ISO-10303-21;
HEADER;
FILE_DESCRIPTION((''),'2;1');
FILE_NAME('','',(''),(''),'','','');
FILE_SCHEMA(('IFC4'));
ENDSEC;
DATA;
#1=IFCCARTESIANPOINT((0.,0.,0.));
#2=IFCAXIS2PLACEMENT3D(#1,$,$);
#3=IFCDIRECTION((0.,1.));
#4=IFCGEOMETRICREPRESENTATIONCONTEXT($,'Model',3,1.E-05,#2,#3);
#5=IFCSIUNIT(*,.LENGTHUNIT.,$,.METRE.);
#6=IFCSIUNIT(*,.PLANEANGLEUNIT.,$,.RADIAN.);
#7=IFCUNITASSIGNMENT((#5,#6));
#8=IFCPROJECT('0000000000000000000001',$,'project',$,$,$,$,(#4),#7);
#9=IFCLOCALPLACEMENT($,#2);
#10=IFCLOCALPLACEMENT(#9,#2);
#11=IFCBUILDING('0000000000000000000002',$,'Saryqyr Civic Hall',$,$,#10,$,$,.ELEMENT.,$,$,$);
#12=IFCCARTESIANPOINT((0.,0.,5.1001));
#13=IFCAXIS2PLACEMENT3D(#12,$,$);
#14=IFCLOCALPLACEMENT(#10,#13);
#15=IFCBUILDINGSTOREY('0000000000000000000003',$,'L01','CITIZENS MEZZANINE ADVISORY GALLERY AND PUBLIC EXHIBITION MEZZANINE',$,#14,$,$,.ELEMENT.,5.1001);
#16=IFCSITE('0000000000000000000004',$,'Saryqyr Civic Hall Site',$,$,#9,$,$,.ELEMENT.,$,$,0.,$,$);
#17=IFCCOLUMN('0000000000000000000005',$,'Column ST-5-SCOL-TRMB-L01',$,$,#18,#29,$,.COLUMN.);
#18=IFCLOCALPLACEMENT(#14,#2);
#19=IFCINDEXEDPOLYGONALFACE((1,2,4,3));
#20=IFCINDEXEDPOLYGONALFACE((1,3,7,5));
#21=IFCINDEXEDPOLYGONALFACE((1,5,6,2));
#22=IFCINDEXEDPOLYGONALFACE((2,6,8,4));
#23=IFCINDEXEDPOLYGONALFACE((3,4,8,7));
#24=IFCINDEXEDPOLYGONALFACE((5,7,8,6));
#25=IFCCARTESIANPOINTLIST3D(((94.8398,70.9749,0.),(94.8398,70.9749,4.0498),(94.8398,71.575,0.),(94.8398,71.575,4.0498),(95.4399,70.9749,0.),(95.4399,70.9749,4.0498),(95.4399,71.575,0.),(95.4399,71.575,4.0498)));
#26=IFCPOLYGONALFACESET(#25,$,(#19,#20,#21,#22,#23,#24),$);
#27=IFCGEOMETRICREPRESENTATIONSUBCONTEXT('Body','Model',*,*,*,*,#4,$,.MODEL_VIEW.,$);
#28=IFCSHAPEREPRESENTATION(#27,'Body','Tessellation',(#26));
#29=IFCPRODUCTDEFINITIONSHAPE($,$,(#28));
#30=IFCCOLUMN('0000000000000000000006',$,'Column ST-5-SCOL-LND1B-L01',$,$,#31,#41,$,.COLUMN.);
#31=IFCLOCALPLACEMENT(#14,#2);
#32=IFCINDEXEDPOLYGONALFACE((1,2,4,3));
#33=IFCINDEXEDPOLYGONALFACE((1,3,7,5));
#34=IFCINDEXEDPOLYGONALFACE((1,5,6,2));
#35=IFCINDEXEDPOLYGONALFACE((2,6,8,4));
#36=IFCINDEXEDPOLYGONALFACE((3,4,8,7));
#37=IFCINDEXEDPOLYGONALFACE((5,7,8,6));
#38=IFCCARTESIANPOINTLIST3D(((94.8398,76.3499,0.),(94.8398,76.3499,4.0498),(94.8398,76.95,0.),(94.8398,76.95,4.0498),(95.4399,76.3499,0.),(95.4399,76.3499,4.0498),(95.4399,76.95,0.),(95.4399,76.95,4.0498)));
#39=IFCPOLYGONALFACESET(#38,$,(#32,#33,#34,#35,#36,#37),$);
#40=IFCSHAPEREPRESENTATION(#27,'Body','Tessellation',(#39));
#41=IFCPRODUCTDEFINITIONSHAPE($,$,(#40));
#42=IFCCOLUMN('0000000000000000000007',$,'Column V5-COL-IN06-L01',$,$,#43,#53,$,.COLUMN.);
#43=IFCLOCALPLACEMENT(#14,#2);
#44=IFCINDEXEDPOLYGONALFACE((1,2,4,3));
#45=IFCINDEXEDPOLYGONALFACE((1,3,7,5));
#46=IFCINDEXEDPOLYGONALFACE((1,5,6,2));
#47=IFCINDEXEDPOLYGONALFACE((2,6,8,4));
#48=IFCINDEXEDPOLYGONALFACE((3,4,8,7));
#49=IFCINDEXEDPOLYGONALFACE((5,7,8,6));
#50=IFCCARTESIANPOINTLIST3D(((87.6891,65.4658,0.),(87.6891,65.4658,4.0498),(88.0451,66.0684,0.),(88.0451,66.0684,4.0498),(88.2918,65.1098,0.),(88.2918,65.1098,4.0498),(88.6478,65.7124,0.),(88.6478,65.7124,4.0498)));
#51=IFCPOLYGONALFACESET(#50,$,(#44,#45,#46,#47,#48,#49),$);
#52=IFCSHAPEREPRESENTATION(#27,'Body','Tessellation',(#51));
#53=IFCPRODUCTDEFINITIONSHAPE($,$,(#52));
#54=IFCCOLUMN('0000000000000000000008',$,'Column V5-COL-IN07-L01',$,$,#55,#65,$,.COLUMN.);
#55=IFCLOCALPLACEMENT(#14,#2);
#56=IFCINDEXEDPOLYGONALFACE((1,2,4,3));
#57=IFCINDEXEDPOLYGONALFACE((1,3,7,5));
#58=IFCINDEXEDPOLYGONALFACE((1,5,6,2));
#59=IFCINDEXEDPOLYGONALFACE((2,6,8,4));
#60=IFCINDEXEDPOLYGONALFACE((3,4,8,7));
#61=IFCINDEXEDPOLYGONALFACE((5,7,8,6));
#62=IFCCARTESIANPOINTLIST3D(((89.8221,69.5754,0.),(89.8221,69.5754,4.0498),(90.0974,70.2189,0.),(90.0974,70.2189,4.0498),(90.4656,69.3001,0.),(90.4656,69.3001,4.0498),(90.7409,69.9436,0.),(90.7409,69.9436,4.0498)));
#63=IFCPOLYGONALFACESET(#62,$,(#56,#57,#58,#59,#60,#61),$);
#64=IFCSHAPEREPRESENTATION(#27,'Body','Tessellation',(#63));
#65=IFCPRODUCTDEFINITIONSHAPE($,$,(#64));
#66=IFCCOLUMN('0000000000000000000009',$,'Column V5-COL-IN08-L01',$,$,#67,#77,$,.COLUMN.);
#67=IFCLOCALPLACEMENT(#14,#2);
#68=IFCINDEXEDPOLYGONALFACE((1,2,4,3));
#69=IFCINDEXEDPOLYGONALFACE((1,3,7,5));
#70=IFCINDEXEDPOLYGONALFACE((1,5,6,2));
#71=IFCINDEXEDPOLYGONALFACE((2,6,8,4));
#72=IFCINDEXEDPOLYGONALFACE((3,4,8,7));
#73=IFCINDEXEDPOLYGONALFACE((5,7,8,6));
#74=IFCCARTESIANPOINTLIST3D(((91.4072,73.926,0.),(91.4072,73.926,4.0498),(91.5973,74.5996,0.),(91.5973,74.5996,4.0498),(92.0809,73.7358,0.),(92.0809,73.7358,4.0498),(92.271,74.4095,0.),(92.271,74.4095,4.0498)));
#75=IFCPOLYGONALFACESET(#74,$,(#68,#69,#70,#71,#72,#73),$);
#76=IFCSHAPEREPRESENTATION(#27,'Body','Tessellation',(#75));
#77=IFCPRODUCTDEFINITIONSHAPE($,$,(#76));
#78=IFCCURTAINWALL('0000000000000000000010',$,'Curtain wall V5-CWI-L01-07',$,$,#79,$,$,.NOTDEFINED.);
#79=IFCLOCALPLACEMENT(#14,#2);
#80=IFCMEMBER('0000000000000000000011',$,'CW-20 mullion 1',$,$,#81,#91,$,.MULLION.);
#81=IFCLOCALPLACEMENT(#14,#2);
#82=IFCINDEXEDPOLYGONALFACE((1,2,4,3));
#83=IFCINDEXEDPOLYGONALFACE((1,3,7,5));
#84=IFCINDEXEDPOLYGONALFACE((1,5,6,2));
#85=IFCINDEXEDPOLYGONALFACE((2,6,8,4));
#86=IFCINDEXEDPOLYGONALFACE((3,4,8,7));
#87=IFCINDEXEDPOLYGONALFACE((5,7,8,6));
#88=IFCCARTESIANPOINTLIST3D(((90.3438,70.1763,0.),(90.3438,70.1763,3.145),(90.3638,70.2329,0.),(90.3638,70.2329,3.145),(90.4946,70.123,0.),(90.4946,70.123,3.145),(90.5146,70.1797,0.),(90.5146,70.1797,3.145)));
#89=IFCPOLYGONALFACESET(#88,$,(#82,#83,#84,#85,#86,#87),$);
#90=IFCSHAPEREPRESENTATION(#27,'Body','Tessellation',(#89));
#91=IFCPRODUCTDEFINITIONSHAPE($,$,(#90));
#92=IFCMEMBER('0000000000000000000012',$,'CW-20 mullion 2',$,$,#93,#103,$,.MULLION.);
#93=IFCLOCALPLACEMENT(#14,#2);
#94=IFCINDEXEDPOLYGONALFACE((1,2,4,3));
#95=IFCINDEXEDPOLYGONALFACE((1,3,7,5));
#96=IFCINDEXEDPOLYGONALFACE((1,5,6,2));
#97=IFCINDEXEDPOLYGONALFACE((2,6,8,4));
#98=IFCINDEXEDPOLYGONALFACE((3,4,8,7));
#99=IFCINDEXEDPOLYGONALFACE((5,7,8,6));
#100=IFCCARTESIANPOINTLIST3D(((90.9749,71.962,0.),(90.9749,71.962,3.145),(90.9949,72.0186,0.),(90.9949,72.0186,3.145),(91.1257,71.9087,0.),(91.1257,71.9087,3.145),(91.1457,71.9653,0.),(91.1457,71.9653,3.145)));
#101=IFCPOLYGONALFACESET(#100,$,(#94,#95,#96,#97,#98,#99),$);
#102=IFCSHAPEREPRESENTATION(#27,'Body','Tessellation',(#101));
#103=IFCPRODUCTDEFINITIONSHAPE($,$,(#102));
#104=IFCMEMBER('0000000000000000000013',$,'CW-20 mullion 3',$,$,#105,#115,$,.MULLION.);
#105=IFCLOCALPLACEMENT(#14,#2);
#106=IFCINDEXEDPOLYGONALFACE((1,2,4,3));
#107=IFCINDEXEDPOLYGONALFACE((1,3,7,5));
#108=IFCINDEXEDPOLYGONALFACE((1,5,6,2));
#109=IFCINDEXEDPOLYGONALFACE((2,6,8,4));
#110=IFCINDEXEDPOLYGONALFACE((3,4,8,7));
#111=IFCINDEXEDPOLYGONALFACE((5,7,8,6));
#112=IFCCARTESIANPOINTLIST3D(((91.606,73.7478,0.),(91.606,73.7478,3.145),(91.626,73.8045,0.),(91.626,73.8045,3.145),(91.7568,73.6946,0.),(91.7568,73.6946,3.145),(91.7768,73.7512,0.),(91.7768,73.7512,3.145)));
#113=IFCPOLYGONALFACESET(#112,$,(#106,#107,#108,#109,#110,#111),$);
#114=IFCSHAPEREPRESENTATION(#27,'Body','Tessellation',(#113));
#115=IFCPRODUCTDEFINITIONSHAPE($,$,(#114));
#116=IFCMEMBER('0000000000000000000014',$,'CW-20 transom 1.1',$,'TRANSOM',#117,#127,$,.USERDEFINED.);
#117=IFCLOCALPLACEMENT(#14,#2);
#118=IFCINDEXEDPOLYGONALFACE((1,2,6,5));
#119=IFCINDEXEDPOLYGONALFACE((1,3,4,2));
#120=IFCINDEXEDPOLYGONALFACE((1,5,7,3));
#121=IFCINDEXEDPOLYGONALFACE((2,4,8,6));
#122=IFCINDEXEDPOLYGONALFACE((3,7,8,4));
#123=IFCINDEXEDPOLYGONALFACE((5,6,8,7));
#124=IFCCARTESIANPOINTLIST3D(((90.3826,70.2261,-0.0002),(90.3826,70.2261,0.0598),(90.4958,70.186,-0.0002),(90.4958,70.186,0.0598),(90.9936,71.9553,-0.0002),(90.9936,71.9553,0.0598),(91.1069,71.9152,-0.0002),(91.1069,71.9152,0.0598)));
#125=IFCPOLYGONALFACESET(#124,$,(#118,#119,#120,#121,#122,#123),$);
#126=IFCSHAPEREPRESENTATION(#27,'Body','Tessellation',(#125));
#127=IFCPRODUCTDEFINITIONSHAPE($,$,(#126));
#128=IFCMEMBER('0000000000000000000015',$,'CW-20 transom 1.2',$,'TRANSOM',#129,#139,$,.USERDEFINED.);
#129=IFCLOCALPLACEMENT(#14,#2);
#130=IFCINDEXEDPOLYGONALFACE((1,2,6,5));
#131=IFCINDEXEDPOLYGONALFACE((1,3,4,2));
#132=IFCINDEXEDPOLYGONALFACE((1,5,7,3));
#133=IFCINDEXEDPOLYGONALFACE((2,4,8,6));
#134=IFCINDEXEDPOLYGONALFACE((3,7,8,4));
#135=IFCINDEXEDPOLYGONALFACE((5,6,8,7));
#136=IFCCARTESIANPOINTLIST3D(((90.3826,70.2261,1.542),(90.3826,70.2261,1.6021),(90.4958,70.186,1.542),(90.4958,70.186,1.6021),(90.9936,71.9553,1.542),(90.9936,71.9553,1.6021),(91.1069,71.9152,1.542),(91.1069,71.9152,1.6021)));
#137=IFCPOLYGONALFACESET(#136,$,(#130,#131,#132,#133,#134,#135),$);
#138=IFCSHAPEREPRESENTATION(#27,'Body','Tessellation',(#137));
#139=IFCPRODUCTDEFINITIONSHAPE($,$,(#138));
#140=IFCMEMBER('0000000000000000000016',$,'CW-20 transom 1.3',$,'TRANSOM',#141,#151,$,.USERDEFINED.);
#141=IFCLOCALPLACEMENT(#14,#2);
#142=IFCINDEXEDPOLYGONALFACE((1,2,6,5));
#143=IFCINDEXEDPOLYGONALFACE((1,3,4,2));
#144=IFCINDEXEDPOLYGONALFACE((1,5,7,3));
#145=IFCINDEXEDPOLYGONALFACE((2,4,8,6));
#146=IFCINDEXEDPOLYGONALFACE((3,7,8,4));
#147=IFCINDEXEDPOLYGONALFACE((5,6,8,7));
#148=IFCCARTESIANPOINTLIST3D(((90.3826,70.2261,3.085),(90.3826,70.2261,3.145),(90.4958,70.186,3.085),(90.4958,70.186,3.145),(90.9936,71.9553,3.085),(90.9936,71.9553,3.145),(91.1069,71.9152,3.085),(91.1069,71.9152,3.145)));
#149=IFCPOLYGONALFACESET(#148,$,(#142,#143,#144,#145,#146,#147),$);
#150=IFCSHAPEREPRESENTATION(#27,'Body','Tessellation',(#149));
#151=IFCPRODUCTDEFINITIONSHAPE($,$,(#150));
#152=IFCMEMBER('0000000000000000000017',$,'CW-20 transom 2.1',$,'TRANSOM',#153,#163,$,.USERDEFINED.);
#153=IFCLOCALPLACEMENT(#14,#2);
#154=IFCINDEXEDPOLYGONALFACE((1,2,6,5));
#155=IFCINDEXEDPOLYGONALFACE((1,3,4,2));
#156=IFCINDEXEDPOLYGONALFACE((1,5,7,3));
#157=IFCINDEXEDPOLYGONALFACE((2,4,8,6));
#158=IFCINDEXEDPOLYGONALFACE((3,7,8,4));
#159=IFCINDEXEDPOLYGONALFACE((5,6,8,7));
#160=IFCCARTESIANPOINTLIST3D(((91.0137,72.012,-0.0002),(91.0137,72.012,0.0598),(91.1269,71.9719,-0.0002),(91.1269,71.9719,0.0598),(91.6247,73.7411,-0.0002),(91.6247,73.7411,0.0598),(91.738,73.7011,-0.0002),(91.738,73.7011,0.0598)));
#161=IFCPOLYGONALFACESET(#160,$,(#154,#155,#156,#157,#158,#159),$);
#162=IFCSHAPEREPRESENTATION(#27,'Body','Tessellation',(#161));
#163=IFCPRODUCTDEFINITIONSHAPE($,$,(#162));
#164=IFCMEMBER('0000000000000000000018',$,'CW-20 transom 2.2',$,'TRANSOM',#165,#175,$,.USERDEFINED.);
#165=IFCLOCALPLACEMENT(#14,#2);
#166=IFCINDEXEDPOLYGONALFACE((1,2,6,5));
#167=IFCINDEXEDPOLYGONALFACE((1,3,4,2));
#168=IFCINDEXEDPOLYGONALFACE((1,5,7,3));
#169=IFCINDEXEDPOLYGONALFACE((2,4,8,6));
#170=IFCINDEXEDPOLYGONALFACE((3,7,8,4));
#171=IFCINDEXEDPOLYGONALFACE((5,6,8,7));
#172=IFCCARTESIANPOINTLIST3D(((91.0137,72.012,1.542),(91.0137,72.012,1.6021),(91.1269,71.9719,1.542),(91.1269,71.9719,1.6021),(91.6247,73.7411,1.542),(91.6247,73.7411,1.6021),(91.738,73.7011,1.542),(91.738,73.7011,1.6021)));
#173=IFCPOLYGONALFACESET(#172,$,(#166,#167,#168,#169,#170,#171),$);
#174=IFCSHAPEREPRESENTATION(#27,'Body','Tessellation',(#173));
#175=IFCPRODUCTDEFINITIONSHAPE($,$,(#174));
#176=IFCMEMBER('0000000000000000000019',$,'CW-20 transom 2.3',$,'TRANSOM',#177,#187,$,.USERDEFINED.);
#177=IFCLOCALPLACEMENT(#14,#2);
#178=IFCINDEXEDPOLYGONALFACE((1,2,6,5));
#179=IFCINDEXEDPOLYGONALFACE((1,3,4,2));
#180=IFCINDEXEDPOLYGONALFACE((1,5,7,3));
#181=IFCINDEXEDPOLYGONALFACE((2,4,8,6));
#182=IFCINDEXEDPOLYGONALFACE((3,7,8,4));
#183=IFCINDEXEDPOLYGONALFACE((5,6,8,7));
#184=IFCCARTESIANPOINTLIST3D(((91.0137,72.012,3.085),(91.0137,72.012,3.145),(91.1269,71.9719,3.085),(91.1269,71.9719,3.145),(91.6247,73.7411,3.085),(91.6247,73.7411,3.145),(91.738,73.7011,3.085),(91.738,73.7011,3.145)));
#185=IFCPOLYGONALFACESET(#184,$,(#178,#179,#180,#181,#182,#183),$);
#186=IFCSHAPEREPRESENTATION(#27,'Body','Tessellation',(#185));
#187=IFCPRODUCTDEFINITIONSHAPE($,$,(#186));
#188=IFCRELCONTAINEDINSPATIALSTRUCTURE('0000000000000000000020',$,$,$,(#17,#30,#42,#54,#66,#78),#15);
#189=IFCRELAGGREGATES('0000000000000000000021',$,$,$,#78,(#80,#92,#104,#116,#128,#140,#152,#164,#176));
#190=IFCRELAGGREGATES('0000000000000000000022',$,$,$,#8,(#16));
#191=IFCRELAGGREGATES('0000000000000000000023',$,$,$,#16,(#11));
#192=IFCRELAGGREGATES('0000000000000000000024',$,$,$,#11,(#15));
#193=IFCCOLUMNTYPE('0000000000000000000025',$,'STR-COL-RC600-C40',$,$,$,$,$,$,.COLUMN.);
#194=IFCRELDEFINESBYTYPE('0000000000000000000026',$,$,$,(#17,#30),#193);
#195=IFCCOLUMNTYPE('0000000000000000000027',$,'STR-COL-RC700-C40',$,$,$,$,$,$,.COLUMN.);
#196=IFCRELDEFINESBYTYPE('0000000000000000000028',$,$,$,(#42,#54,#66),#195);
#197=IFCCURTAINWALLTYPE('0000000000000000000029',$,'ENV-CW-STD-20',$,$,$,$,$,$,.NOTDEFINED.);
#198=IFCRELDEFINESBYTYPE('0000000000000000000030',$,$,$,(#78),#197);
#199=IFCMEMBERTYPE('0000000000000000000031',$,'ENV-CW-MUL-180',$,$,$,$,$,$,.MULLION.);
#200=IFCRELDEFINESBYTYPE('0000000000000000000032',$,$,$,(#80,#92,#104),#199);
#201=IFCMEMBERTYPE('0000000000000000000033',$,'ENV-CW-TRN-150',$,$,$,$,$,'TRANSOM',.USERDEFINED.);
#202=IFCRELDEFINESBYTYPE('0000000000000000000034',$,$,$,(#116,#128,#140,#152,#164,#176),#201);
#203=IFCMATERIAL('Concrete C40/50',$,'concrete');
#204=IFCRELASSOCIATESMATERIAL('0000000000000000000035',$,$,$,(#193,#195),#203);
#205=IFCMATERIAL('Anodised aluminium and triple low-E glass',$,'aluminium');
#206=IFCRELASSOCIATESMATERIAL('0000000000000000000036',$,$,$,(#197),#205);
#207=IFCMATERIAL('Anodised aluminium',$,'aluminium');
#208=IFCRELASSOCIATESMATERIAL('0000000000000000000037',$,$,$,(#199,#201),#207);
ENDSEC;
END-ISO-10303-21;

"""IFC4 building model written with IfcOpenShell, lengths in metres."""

from ifc_helpers import new_model, si_unit, direction, frame, origin, origin_2d, place, context, subcontext, project, spatial, rectangle, extrude, material, material_profile, profile_set, type_object, element, aggregate, save


model = new_model("IFC4")

# Units and contexts
model_context = context("Model", 3, precision=1e-05, world=origin(), true_north=direction((0.0, 1.0)))
body_context = subcontext(model_context, "Body", "Model", "MODEL_VIEW")
ifc_project = project(units=[si_unit("LENGTHUNIT", "METRE"), si_unit("PLANEANGLEUNIT", "RADIAN")], contexts=[model_context])

# Site, building, storey
site_placement = place(None, origin())
site = spatial("IfcSite", under=ifc_project, at=site_placement, Name="Saryqyr Civic Hall Site", CompositionType="ELEMENT", RefElevation=0.0)
building_placement = place(site_placement, origin())
building = spatial("IfcBuilding", under=site, at=building_placement, Name="Saryqyr Civic Hall", CompositionType="ELEMENT")
storey_placement = place(building_placement, frame((0.0, 0.0, 5.1001)))
storey = spatial("IfcBuildingStorey", under=building, at=storey_placement, Name="L01", Description="CITIZENS MEZZANINE ADVISORY GALLERY AND PUBLIC EXHIBITION MEZZANINE", CompositionType="ELEMENT", Elevation=5.1001)

# Columns
ifc_material_1 = material(Name="Concrete C40/50", Category="concrete")
ifc_material_profile_1 = material_profile(ifc_material_1, rectangle(XDim=0.6001, YDim=0.6001, at=origin_2d()), Name="RC 600x600")
ifc_profile_set_1 = profile_set([ifc_material_profile_1], Name="Concrete C40/50")
column_type_1 = type_object("IfcColumnType", Name="STR-COL-RC600-C40", PredefinedType="COLUMN", material=ifc_profile_set_1)
for number, where, z_axis, x_axis, name in (
    (1, (95.1399, 71.2749, 0.0), (0.0, 0.0, 1.0), (1.0, 0.0, 0.0), "Column ST-5-SCOL-TRMB-L01"),
    (2, (95.1399, 76.6499, 0.0), (0.0, 0.0, 1.0), (1.0, 0.0, 0.0), "Column ST-5-SCOL-LND1B-L01"),
):
    element("IfcColumn", number, at=place(storey_placement, frame(where, z_axis=z_axis, x_axis=x_axis)), inside=storey, type_object=column_type_1, Name=name, PredefinedType="COLUMN", context=body_context, shape_type="SweptSolid", body=[
        extrude(rectangle(XDim=0.6001, YDim=0.6001, at=origin_2d()), origin(), (0.0, 0.0, 1.0), 4.0498),
    ])
ifc_material_profile_2 = material_profile(ifc_material_1, rectangle(XDim=0.7, YDim=0.7, at=origin_2d()), Name="RC 700x700")
ifc_profile_set_2 = profile_set([ifc_material_profile_2], Name="Concrete C40/50")
column_type_2 = type_object("IfcColumnType", Name="STR-COL-RC700-C40", PredefinedType="COLUMN", material=ifc_profile_set_2)
for number, where, z_axis, x_axis, name in (
    (3, (88.1685, 65.5891, 0.0), (0.0, 0.0, 1.0), (0.861008, -0.508591, 0.0), "Column V5-COL-IN06-L01"),
    (4, (90.2815, 69.7595, 0.0), (0.0, 0.0, 1.0), (0.91941, -0.3933, 0.0), "Column V5-COL-IN07-L01"),
    (5, (91.8391, 74.1677, 0.0), (0.0, 0.0, 1.0), (0.962408, -0.271608, 0.0), "Column V5-COL-IN08-L01"),
):
    element("IfcColumn", number, at=place(storey_placement, frame(where, z_axis=z_axis, x_axis=x_axis)), inside=storey, type_object=column_type_2, Name=name, PredefinedType="COLUMN", context=body_context, shape_type="SweptSolid", body=[
        extrude(rectangle(XDim=0.7, YDim=0.7, at=origin_2d()), origin(), (0.0, 0.0, 1.0), 4.0498),
    ])

# Curtain wall, members
ifc_material_2 = material(Name="Anodised aluminium and triple low-E glass", Category="aluminium")
curtain_wall_type = type_object("IfcCurtainWallType", Name="ENV-CW-STD-20", PredefinedType="NOTDEFINED", material=ifc_material_2)
curtain_wall_placement = place(storey_placement, origin())
curtain_wall = element("IfcCurtainWall", 6, at=curtain_wall_placement, inside=storey, type_object=curtain_wall_type, Name="Curtain wall V5-CWI-L01-07", PredefinedType="NOTDEFINED")
ifc_material_3 = material(Name="Anodised aluminium", Category="aluminium")
ifc_material_profile_3 = material_profile(ifc_material_3, rectangle(XDim=0.0601, YDim=0.1599, at=origin_2d()), Name="ALU MULLION 60x160")
ifc_profile_set_3 = profile_set([ifc_material_profile_3], Name="Anodised aluminium")
member_type_1 = type_object("IfcMemberType", Name="ENV-CW-MUL-180", PredefinedType="MULLION", material=ifc_profile_set_3)
member_1_placement = place(storey_placement, frame((90.4292, 70.178, 0.0), z_axis=(0.0, 0.0, 1.0), x_axis=(0.333203, 0.942855, 0.0)))
member_1 = element("IfcMember", 7, at=member_1_placement, type_object=member_type_1, Name="CW-20 mullion 1", PredefinedType="MULLION", context=body_context, shape_type="SweptSolid", body=[
    extrude(rectangle(XDim=0.0601, YDim=0.1599, at=origin_2d()), origin(), (0.0, 0.0, 1.0), 3.145),
])
member_2_placement = place(storey_placement, frame((91.0603, 71.9636, 0.0), z_axis=(0.0, 0.0, 1.0), x_axis=(0.333203, 0.942855, 0.0)))
member_2 = element("IfcMember", 8, at=member_2_placement, type_object=member_type_1, Name="CW-20 mullion 2", PredefinedType="MULLION", context=body_context, shape_type="SweptSolid", body=[
    extrude(rectangle(XDim=0.0601, YDim=0.1599, at=origin_2d()), origin(), (0.0, 0.0, 1.0), 3.145),
])
member_3_placement = place(storey_placement, frame((91.6914, 73.7495, 0.0), z_axis=(0.0, 0.0, 1.0), x_axis=(0.333203, 0.942855, 0.0)))
member_3 = element("IfcMember", 9, at=member_3_placement, type_object=member_type_1, Name="CW-20 mullion 3", PredefinedType="MULLION", context=body_context, shape_type="SweptSolid", body=[
    extrude(rectangle(XDim=0.0601, YDim=0.1599, at=origin_2d()), origin(), (0.0, 0.0, 1.0), 3.145),
])
ifc_material_profile_4 = material_profile(ifc_material_3, rectangle(XDim=0.1201, YDim=0.0601, at=origin_2d()), Name="ALU TRANSOM 120x60")
ifc_profile_set_4 = profile_set([ifc_material_profile_4], Name="Anodised aluminium")
member_type_2 = type_object("IfcMemberType", Name="ENV-CW-TRN-150", ElementType="TRANSOM", PredefinedType="USERDEFINED", material=ifc_profile_set_4)
member_4_placement = place(storey_placement, frame((90.4392, 70.2061, 0.0298), z_axis=(0.333189, 0.94286, 0.0), x_axis=(-0.94286, 0.333189, 0.0)))
member_4 = element("IfcMember", 10, at=member_4_placement, type_object=member_type_2, Name="CW-20 transom 1.1", ObjectType="TRANSOM", PredefinedType="USERDEFINED", context=body_context, shape_type="SweptSolid", body=[
    extrude(rectangle(XDim=0.1201, YDim=0.0601, at=origin_2d()), origin(), (0.0, 0.0, 1.0), 1.834),
])
member_5_placement = place(storey_placement, frame((90.4392, 70.2061, 1.572), z_axis=(0.333189, 0.94286, 0.0), x_axis=(-0.94286, 0.333189, 0.0)))
member_5 = element("IfcMember", 11, at=member_5_placement, type_object=member_type_2, Name="CW-20 transom 1.2", ObjectType="TRANSOM", PredefinedType="USERDEFINED", context=body_context, shape_type="SweptSolid", body=[
    extrude(rectangle(XDim=0.1201, YDim=0.0601, at=origin_2d()), origin(), (0.0, 0.0, 1.0), 1.834),
])
member_6_placement = place(storey_placement, frame((90.4392, 70.2061, 3.115), z_axis=(0.333189, 0.94286, 0.0), x_axis=(-0.94286, 0.333189, 0.0)))
member_6 = element("IfcMember", 12, at=member_6_placement, type_object=member_type_2, Name="CW-20 transom 1.3", ObjectType="TRANSOM", PredefinedType="USERDEFINED", context=body_context, shape_type="SweptSolid", body=[
    extrude(rectangle(XDim=0.1201, YDim=0.0601, at=origin_2d()), origin(), (0.0, 0.0, 1.0), 1.834),
])
member_7_placement = place(storey_placement, frame((91.0703, 71.9919, 0.0298), z_axis=(0.333189, 0.94286, 0.0), x_axis=(-0.94286, 0.333189, 0.0)))
member_7 = element("IfcMember", 13, at=member_7_placement, type_object=member_type_2, Name="CW-20 transom 2.1", ObjectType="TRANSOM", PredefinedType="USERDEFINED", context=body_context, shape_type="SweptSolid", body=[
    extrude(rectangle(XDim=0.1201, YDim=0.0601, at=origin_2d()), origin(), (0.0, 0.0, 1.0), 1.834),
])
member_8_placement = place(storey_placement, frame((91.0703, 71.9919, 1.572), z_axis=(0.333189, 0.94286, 0.0), x_axis=(-0.94286, 0.333189, 0.0)))
member_8 = element("IfcMember", 14, at=member_8_placement, type_object=member_type_2, Name="CW-20 transom 2.2", ObjectType="TRANSOM", PredefinedType="USERDEFINED", context=body_context, shape_type="SweptSolid", body=[
    extrude(rectangle(XDim=0.1201, YDim=0.0601, at=origin_2d()), origin(), (0.0, 0.0, 1.0), 1.834),
])
member_9_placement = place(storey_placement, frame((91.0703, 71.9919, 3.115), z_axis=(0.333189, 0.94286, 0.0), x_axis=(-0.94286, 0.333189, 0.0)))
member_9 = element("IfcMember", 15, at=member_9_placement, type_object=member_type_2, Name="CW-20 transom 2.3", ObjectType="TRANSOM", PredefinedType="USERDEFINED", context=body_context, shape_type="SweptSolid", body=[
    extrude(rectangle(XDim=0.1201, YDim=0.0601, at=origin_2d()), origin(), (0.0, 0.0, 1.0), 1.834),
])

aggregate(curtain_wall, [member_1, member_2, member_3, member_4, member_5, member_6, member_7, member_8, member_9])

save(model, "model.ifc")
